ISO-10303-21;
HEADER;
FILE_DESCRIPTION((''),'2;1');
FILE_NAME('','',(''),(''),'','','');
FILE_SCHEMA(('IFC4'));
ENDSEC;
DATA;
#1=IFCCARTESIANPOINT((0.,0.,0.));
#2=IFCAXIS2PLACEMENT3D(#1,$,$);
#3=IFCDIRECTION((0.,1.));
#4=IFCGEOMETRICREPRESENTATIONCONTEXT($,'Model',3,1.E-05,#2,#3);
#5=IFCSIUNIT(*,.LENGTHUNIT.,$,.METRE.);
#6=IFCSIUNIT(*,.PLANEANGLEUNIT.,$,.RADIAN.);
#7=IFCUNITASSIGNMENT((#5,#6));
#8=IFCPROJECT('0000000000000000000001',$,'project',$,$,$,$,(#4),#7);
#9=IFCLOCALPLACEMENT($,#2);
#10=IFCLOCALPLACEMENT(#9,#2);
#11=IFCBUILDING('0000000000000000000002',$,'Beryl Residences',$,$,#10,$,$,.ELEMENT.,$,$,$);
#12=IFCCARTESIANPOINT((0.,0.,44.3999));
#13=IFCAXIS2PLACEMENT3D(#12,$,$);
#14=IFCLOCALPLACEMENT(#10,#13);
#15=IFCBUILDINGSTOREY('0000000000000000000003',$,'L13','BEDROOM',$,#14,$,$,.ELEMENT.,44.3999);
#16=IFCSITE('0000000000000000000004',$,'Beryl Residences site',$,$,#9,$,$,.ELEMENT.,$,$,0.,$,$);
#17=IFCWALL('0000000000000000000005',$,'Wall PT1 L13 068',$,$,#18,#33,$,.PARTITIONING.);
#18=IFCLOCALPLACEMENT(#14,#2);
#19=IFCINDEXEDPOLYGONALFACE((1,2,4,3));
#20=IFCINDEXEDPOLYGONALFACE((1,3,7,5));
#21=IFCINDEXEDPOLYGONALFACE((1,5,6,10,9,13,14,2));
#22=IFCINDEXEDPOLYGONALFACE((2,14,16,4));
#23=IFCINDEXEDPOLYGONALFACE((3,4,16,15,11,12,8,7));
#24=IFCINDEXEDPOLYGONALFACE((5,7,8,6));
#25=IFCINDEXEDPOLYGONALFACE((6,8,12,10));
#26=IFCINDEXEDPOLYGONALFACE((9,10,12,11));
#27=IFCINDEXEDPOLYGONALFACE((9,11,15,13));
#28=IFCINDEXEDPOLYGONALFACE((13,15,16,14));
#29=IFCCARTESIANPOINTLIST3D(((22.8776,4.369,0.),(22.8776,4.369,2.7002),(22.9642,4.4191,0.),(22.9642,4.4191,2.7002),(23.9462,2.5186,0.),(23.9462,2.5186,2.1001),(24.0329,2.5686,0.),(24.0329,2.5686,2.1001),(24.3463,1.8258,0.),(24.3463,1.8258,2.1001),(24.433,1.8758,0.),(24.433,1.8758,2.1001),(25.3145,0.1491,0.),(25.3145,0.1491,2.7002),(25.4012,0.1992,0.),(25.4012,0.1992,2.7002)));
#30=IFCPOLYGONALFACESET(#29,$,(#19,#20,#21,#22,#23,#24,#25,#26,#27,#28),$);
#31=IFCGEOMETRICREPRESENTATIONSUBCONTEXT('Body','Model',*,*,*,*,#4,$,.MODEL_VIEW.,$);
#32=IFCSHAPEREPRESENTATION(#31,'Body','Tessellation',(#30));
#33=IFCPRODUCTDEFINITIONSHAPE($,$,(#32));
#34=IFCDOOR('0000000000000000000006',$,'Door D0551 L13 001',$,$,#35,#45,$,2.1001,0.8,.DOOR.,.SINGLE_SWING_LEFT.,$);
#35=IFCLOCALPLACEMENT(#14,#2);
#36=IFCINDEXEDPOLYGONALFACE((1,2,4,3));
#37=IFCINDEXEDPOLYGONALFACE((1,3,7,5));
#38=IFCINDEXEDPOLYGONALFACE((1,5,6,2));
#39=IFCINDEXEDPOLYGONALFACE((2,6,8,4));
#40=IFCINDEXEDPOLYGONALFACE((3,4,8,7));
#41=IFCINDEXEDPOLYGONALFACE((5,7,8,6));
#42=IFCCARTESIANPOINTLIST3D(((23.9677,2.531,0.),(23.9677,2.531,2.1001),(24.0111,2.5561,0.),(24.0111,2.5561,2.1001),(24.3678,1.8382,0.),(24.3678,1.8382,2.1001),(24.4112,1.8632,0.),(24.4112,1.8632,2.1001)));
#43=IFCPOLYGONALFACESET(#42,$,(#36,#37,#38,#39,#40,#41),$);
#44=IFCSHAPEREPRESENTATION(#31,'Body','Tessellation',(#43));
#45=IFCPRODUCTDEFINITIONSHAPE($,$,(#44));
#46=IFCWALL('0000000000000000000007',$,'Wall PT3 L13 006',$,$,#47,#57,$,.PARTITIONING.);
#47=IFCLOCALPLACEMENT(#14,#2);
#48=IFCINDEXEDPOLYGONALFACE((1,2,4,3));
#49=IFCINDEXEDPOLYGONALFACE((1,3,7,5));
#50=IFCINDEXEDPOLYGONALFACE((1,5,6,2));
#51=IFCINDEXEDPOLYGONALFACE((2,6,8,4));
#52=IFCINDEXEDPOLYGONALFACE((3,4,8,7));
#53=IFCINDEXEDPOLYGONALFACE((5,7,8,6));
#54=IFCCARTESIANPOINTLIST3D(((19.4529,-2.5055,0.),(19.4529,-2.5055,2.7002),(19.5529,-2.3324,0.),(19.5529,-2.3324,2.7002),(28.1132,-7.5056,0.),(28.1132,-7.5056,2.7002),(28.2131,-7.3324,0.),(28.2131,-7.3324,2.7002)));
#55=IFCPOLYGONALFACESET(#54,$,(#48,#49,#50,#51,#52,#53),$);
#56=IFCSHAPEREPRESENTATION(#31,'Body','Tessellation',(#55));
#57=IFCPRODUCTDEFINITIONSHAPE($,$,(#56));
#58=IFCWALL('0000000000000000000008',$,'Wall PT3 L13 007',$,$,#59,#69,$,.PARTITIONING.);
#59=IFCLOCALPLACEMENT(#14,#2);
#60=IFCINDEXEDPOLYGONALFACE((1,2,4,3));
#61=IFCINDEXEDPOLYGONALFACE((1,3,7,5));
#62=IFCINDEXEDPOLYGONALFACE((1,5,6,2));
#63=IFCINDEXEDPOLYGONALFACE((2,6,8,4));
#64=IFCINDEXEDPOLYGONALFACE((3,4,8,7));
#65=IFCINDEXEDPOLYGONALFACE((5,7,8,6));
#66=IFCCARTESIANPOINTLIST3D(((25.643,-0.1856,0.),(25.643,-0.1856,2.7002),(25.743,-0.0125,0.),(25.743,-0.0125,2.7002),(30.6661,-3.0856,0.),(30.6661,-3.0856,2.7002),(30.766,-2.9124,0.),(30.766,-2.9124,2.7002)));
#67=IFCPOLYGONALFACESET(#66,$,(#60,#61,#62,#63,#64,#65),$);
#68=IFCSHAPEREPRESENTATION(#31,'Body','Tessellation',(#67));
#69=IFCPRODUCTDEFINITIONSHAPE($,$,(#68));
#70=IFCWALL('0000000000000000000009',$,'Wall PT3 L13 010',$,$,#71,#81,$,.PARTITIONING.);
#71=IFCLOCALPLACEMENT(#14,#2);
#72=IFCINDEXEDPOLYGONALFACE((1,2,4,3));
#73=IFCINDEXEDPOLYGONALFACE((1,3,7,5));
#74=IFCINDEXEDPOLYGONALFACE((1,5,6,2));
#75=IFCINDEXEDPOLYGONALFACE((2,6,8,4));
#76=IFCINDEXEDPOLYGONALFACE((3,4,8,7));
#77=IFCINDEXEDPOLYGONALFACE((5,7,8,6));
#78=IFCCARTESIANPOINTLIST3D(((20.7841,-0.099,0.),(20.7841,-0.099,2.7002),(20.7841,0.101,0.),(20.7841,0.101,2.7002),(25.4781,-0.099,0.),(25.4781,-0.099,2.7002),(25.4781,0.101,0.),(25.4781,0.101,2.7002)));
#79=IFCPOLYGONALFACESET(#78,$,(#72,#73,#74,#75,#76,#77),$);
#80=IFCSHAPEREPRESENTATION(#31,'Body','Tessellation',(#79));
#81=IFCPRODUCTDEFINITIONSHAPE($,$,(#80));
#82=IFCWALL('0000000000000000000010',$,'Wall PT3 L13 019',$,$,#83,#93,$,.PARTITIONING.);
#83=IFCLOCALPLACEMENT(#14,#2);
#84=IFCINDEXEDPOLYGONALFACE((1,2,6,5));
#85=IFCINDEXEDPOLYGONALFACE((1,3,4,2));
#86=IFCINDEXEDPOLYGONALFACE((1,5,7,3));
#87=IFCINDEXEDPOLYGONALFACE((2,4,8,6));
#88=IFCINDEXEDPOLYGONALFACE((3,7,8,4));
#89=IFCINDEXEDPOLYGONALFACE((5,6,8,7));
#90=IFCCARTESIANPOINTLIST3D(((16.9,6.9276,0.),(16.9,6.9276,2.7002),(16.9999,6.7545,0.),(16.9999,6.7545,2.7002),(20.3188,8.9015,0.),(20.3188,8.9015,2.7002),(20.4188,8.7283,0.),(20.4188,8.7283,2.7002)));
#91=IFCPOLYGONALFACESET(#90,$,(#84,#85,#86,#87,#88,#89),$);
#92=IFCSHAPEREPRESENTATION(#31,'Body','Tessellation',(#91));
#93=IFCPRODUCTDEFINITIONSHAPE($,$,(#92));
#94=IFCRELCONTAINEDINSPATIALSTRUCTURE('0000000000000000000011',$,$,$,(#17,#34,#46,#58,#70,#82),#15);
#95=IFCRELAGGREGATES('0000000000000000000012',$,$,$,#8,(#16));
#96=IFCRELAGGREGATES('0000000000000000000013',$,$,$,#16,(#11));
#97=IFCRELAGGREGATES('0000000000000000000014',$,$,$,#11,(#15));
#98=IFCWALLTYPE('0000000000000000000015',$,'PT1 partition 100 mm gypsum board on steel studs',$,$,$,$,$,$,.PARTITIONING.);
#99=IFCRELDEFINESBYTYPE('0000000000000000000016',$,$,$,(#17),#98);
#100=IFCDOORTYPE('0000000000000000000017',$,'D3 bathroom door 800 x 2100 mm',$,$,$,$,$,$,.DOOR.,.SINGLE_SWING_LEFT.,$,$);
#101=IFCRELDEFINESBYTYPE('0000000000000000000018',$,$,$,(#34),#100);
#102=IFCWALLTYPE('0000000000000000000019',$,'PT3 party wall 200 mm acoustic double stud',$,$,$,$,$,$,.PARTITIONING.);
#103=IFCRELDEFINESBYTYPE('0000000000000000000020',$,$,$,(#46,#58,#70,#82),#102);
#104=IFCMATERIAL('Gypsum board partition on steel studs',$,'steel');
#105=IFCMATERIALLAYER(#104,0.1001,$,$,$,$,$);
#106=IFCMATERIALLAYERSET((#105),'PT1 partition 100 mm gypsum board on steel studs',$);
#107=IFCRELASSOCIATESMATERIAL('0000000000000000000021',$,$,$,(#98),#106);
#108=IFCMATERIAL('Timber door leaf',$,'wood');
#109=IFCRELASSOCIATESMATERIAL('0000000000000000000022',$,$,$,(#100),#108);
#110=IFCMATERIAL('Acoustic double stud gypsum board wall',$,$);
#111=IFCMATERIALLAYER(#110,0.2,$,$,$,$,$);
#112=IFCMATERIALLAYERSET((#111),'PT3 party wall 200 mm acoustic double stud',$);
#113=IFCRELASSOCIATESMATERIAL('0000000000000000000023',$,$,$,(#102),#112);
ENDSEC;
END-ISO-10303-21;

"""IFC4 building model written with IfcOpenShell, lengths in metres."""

from ifc_helpers import new_model, si_unit, direction, frame, frame_2d, origin, place, context, subcontext, project, spatial, rectangle, extrude, material, layer, layer_set, type_object, element, fill, save


model = new_model("IFC4")

# Units and contexts
model_context = context("Model", 3, precision=1e-05, world=origin(), true_north=direction((0.0, 1.0)))
body_context = subcontext(model_context, "Body", "Model", "MODEL_VIEW")
ifc_project = project(units=[si_unit("LENGTHUNIT", "METRE"), si_unit("PLANEANGLEUNIT", "RADIAN")], contexts=[model_context])

# Site, building, storey
site_placement = place(None, origin())
site = spatial("IfcSite", under=ifc_project, at=site_placement, Name="Beryl Residences site", CompositionType="ELEMENT", RefElevation=0.0)
building_placement = place(site_placement, origin())
building = spatial("IfcBuilding", under=site, at=building_placement, Name="Beryl Residences", CompositionType="ELEMENT")
storey_placement = place(building_placement, frame((0.0, 0.0, 44.3999)))
storey = spatial("IfcBuildingStorey", under=building, at=storey_placement, Name="L13", Description="BEDROOM", CompositionType="ELEMENT", Elevation=44.3999)

# Wall, opening, door
ifc_material_1 = material(Name="Gypsum board partition on steel studs", Category="steel")
ifc_layer_1 = layer(ifc_material_1, 0.1001)
ifc_layer_set_1 = layer_set([ifc_layer_1], Name="PT1 partition 100 mm gypsum board on steel studs")
wall_type_1 = type_object("IfcWallType", Name="PT1 partition 100 mm gypsum board on steel studs", PredefinedType="PARTITIONING", material=ifc_layer_set_1)
ifc_material_2 = material(Name="Timber door leaf", Category="wood")
door_type_1 = type_object("IfcDoorType", Name="D3 bathroom door 800 x 2100 mm", OperationType="SINGLE_SWING_LEFT", PredefinedType="DOOR", material=ifc_material_2)
wall_1_placement = place(storey_placement, frame((22.9209, 4.394, 0.0), z_axis=(0.0, 0.0, 1.0), x_axis=(0.500094, -0.865971, 0.0)))
wall_1 = element("IfcWall", 1, at=wall_1_placement, inside=storey, type_object=wall_type_1, Name="Wall PT1 L13 068", PredefinedType="PARTITIONING", context=body_context, shape_type="SweptSolid", body=[
    extrude(rectangle(XDim=4.873, YDim=0.1001, at=frame_2d((2.4365, 0.0))), origin(), (0.0, 0.0, 1.0), 2.7002),
])
opening_1_placement = place(wall_1_placement, frame((2.137, 0.0, 0.0)))
opening_1 = element("IfcOpeningElement", 2, at=opening_1_placement, cuts=wall_1, PredefinedType="OPENING", context=body_context, shape_type="SweptSolid", body=[
    extrude(rectangle(XDim=0.8, YDim=2.1001, at=frame_2d((0.3999, 1.05))), frame((0.0, 0.0601, 0.0), z_axis=(0.0, -1.0, 0.0), x_axis=(1.0, 0.0, 0.0)), (0.0, 0.0, 1.0), 0.1201),
])
door_1_placement = place(opening_1_placement, origin())
door_1 = element("IfcDoor", 3, at=door_1_placement, inside=storey, type_object=door_type_1, Name="Door D0551 L13 001", OperationType="SINGLE_SWING_LEFT", OverallHeight=2.1001, OverallWidth=0.8, PredefinedType="DOOR", context=body_context, shape_type="SweptSolid", body=[
    extrude(rectangle(XDim=0.8, YDim=2.1001, at=frame_2d((0.3999, 1.05))), frame((0.0, 0.0249, 0.0), z_axis=(0.0, -1.0, 0.0), x_axis=(1.0, 0.0, 0.0)), (0.0, 0.0, 1.0), 0.05),
])
fill(opening_1, door_1)

# Walls
ifc_material_3 = material(Name="Acoustic double stud gypsum board wall")
ifc_layer_2 = layer(ifc_material_3, 0.2)
ifc_layer_set_2 = layer_set([ifc_layer_2], Name="PT3 party wall 200 mm acoustic double stud")
wall_type_2 = type_object("IfcWallType", Name="PT3 party wall 200 mm acoustic double stud", PredefinedType="PARTITIONING", material=ifc_layer_set_2)
wall_2_placement = place(storey_placement, frame((19.5029, -2.4189, 0.0), z_axis=(0.0, 0.0, 1.0), x_axis=(0.866023, -0.500004, 0.0)))
element("IfcWall", 4, at=wall_2_placement, inside=storey, type_object=wall_type_2, Name="Wall PT3 L13 006", PredefinedType="PARTITIONING", context=body_context, shape_type="SweptSolid", body=[
    extrude(rectangle(XDim=10.0, YDim=0.2, at=frame_2d((5.0, 0.0))), origin(), (0.0, 0.0, 1.0), 2.7002),
])
wall_3_placement = place(storey_placement, frame((25.6931, -0.0991, 0.0), z_axis=(0.0, 0.0, 1.0), x_axis=(0.866033, -0.499987, 0.0)))
element("IfcWall", 5, at=wall_3_placement, inside=storey, type_object=wall_type_2, Name="Wall PT3 L13 007", PredefinedType="PARTITIONING", context=body_context, shape_type="SweptSolid", body=[
    extrude(rectangle(XDim=5.8, YDim=0.2, at=frame_2d((2.8999, 0.0))), origin(), (0.0, 0.0, 1.0), 2.7002),
])
wall_4_placement = place(storey_placement, frame((20.7839, 0.001, 0.0), z_axis=(0.0, 0.0, 1.0), x_axis=(1.0, 0.0, 0.0)))
element("IfcWall", 6, at=wall_4_placement, inside=storey, type_object=wall_type_2, Name="Wall PT3 L13 010", PredefinedType="PARTITIONING", context=body_context, shape_type="SweptSolid", body=[
    extrude(rectangle(XDim=4.6941, YDim=0.2, at=frame_2d((2.3472, 0.0))), origin(), (0.0, 0.0, 1.0), 2.7002),
])
wall_5_placement = place(storey_placement, frame((16.95, 6.8411, 0.0), z_axis=(0.0, 0.0, 1.0), x_axis=(0.866031, 0.49999, 0.0)))
element("IfcWall", 7, at=wall_5_placement, inside=storey, type_object=wall_type_2, Name="Wall PT3 L13 019", PredefinedType="PARTITIONING", context=body_context, shape_type="SweptSolid", body=[
    extrude(rectangle(XDim=3.9478, YDim=0.2, at=frame_2d((1.9739, 0.0))), origin(), (0.0, 0.0, 1.0), 2.7002),
])

save(model, "model.ifc")
